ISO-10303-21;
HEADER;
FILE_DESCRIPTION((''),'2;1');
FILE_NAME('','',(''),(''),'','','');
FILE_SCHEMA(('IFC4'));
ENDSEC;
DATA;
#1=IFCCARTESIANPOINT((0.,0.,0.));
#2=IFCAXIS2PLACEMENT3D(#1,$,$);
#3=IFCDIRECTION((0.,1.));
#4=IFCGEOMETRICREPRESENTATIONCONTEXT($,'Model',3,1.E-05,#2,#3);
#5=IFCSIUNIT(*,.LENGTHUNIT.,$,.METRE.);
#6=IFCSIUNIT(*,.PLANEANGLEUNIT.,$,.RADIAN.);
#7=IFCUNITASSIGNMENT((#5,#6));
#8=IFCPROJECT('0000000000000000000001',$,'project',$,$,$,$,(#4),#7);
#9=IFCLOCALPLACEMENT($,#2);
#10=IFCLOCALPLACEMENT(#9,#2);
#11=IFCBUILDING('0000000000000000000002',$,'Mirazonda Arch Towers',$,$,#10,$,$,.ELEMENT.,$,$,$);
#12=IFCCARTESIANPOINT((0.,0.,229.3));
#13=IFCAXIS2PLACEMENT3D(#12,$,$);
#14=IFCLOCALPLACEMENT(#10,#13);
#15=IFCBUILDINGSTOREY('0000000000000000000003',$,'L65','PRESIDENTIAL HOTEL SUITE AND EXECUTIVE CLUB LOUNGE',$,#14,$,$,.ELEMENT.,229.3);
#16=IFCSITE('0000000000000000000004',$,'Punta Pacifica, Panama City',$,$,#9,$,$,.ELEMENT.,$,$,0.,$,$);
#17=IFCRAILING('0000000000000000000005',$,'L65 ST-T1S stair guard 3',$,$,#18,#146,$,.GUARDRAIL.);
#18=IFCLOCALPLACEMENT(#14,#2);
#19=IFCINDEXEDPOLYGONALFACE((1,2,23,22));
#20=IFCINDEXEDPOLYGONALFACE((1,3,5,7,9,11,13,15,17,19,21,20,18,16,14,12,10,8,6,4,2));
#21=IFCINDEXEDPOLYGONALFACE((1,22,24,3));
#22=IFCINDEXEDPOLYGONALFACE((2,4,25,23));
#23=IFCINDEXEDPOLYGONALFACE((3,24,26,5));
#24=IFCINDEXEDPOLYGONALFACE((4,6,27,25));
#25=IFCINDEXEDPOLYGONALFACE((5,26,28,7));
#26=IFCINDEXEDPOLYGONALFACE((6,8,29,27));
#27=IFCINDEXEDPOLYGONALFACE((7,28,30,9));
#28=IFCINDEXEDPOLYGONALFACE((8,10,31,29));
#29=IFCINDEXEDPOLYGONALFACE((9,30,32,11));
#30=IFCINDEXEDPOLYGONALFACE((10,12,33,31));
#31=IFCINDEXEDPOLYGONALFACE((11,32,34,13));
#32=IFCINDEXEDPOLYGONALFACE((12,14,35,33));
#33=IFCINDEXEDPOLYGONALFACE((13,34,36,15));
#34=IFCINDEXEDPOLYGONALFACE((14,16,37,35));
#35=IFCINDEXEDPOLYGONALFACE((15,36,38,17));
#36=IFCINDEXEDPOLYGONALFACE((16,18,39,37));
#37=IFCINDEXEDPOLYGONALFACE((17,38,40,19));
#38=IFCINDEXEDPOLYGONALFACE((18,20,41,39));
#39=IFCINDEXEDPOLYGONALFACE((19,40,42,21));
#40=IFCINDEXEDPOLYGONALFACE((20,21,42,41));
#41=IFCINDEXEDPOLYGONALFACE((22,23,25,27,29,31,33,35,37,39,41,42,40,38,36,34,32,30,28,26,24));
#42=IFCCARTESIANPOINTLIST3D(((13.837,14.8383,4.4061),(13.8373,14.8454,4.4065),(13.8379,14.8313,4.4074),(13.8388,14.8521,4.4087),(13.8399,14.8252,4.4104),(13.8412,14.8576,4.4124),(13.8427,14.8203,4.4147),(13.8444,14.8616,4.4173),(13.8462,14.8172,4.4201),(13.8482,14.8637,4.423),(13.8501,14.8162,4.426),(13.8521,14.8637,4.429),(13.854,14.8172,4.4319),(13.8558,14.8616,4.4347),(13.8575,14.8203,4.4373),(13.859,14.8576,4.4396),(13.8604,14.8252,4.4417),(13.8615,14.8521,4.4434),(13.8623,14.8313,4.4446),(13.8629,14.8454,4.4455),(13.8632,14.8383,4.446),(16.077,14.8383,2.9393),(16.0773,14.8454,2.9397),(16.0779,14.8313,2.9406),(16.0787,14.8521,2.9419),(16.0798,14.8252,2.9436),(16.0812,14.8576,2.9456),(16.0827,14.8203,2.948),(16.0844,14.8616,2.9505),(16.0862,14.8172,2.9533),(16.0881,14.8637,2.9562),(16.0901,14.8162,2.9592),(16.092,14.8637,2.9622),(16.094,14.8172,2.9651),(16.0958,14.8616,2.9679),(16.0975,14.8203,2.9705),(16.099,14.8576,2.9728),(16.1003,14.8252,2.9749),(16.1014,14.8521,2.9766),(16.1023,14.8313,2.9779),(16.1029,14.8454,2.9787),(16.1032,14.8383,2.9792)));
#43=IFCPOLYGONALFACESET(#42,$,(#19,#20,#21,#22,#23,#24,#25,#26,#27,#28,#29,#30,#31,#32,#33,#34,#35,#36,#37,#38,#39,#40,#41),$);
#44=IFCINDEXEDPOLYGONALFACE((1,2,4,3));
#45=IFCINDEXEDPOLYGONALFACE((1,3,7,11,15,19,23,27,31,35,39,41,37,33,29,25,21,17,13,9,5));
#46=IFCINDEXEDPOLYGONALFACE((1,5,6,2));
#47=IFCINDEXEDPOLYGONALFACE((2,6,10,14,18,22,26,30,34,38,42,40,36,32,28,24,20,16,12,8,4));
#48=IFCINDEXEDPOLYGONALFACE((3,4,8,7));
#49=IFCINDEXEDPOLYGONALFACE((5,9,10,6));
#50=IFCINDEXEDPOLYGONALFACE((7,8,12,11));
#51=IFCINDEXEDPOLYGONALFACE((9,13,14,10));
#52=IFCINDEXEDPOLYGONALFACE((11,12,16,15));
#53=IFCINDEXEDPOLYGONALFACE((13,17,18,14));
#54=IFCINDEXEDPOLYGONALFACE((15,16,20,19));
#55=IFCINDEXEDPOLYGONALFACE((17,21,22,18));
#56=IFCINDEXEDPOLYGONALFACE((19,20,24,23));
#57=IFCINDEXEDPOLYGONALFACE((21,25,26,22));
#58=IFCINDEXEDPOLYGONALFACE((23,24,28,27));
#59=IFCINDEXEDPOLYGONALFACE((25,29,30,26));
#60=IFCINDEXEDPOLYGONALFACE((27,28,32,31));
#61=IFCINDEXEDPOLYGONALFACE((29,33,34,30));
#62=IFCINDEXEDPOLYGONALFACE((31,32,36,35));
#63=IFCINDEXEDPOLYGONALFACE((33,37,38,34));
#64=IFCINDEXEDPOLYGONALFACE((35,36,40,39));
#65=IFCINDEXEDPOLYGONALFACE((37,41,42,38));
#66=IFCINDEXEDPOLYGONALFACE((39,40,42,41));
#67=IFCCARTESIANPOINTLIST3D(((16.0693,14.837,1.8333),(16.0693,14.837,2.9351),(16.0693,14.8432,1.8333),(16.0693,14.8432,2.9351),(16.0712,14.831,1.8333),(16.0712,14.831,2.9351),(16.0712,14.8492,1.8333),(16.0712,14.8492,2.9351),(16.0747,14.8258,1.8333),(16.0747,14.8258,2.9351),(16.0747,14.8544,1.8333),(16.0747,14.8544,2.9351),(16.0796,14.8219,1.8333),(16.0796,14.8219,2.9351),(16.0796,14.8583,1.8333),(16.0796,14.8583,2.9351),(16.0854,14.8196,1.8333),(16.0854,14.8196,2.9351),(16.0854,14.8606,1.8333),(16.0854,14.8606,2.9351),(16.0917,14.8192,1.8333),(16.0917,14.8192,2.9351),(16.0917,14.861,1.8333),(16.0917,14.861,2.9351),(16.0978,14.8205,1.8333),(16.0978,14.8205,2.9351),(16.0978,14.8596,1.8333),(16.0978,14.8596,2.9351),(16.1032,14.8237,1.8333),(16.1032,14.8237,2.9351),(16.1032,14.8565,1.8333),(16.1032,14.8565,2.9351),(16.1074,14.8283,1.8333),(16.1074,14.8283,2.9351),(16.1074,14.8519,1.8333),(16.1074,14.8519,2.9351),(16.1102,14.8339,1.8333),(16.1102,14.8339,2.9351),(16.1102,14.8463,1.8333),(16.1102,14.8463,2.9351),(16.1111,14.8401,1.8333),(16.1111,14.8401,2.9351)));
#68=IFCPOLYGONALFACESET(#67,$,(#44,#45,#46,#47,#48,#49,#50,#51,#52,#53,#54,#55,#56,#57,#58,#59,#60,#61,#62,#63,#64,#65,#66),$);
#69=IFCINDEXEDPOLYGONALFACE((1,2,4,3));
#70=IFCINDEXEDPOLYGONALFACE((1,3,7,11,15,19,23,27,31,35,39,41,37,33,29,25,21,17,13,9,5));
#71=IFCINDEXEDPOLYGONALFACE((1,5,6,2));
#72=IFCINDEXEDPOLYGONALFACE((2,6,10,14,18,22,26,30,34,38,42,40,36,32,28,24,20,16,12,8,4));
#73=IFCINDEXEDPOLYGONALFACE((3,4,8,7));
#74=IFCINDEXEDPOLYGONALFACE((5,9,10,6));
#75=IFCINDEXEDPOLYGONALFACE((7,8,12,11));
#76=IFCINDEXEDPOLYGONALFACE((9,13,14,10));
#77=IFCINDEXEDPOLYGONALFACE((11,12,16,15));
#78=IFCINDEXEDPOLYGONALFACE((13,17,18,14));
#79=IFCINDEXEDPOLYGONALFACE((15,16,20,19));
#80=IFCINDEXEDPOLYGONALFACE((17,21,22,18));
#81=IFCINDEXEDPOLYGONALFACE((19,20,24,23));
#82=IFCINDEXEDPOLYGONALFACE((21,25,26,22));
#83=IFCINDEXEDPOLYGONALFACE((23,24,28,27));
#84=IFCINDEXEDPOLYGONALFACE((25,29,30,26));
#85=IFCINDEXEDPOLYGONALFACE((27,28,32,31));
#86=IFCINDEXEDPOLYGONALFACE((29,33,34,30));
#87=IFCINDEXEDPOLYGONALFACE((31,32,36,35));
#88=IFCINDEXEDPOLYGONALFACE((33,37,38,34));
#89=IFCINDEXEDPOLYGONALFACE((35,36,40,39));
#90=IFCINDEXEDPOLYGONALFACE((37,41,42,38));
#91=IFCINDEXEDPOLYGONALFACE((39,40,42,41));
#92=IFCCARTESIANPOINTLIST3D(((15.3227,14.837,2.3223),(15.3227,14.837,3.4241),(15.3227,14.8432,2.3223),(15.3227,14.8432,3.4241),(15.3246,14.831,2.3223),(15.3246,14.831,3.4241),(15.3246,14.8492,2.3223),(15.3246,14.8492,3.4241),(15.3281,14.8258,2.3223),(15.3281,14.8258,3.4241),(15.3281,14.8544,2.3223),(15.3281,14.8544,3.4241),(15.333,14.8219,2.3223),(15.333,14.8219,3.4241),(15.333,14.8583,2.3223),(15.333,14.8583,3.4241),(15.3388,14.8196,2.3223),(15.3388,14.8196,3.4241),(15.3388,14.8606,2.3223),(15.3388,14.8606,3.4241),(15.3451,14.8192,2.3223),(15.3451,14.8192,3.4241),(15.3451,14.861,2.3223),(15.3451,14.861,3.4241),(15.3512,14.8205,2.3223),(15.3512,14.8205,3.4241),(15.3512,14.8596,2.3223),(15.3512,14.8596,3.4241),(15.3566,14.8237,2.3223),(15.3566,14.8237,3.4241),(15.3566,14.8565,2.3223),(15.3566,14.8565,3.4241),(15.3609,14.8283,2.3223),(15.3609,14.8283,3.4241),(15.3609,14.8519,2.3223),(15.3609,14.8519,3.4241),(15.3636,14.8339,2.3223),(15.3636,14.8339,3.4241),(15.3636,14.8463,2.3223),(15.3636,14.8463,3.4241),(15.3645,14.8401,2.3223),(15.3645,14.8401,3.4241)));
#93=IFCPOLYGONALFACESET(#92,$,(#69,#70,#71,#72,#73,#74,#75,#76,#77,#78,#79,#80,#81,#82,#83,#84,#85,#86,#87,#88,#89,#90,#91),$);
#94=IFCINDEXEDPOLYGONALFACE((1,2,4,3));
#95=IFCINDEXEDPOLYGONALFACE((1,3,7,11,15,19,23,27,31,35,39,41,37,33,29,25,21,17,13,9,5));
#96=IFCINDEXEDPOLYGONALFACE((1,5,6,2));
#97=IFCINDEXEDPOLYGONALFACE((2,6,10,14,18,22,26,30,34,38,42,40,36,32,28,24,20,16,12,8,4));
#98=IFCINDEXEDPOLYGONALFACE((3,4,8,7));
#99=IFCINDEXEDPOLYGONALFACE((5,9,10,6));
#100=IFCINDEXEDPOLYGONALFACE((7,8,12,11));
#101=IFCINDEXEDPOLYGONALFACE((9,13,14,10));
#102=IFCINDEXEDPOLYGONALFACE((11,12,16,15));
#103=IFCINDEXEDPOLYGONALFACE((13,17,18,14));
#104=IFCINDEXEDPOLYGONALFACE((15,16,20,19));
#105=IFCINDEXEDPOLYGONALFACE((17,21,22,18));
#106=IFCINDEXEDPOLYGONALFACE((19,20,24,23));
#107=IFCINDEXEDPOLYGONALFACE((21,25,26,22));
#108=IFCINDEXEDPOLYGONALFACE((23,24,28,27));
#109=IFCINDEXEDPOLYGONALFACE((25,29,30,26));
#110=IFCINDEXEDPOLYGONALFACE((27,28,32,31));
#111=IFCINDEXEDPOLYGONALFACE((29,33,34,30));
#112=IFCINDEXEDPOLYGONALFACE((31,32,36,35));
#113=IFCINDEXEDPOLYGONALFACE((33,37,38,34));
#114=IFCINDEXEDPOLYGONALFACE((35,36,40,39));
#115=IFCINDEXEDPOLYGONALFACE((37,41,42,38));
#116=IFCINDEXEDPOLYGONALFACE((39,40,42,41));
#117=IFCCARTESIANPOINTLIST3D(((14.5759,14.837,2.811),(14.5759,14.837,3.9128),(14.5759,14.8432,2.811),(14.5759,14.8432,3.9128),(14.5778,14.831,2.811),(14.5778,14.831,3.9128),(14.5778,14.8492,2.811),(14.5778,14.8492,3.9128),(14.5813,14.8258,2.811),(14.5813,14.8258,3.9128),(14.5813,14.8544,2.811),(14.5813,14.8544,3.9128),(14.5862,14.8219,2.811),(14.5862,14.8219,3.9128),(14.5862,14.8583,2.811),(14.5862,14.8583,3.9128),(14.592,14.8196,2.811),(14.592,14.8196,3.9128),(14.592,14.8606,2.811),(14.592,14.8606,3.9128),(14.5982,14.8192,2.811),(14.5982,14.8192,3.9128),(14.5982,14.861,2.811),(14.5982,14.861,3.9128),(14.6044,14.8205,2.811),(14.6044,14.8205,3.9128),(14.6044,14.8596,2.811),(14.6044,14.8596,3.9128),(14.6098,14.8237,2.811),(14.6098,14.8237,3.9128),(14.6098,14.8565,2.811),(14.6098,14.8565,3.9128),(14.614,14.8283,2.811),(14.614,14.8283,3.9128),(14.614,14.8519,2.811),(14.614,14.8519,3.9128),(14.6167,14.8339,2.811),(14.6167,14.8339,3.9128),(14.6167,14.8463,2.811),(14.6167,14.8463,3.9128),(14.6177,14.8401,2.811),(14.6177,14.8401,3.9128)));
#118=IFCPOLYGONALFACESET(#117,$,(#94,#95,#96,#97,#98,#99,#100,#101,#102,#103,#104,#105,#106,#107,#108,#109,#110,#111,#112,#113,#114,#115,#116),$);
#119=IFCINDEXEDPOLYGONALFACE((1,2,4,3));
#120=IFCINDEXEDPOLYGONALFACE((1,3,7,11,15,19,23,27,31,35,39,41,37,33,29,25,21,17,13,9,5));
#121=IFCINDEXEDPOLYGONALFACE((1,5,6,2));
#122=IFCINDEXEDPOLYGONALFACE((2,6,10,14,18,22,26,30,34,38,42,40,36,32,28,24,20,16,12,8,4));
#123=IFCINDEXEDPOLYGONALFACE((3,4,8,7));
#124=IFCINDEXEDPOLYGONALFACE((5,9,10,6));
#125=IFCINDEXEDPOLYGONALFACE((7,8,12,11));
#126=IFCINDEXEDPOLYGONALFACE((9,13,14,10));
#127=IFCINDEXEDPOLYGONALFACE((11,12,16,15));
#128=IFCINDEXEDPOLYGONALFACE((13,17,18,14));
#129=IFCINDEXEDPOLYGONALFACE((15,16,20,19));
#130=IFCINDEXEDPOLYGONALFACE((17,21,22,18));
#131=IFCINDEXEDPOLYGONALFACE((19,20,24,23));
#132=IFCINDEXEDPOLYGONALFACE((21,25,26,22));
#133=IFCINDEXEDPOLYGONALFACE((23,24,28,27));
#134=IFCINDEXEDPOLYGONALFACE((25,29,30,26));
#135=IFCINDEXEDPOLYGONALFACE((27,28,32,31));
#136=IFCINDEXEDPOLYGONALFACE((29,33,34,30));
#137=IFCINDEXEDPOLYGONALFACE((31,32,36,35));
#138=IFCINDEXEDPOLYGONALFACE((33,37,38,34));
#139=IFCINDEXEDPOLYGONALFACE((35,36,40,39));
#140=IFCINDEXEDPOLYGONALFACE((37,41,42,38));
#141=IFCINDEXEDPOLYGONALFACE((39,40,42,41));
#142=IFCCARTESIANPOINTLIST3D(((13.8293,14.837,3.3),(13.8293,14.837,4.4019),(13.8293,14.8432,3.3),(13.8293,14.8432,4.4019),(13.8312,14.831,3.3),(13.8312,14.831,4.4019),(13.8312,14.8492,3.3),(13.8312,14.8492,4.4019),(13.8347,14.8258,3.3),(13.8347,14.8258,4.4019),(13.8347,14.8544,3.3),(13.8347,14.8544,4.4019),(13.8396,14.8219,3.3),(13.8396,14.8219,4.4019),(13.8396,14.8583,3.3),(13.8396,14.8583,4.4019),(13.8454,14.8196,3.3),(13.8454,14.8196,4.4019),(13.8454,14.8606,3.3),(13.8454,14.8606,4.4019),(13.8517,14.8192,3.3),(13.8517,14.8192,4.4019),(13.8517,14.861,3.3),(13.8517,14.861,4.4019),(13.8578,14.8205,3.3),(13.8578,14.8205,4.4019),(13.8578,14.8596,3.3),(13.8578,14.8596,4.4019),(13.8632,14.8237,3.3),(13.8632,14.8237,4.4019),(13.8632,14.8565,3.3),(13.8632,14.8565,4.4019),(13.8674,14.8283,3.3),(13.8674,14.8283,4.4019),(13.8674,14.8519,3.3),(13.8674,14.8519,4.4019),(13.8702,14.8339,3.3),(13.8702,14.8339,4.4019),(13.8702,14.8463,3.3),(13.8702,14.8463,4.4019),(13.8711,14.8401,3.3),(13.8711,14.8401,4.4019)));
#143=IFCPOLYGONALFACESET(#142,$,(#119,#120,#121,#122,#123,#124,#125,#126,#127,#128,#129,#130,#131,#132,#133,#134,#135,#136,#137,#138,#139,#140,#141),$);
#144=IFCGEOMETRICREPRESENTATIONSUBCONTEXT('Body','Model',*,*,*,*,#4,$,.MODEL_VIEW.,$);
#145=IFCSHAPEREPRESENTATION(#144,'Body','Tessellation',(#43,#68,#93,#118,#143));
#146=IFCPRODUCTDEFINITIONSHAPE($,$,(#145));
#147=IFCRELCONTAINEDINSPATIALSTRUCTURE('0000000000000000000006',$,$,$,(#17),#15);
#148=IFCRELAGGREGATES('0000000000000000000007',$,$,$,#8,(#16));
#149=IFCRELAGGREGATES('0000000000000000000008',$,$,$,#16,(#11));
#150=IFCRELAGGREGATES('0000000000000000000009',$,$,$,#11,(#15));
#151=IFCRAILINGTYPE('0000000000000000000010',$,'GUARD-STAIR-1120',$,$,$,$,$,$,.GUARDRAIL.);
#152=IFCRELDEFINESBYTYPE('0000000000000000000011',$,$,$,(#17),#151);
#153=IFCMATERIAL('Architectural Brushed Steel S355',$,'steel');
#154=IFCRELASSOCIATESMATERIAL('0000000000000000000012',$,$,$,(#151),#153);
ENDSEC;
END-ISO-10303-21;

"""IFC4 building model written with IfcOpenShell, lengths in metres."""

from ifc_helpers import new_model, si_unit, direction, frame, origin, origin_2d, place, context, subcontext, project, spatial, circle, extrude, material, type_object, element, save


model = new_model("IFC4")

# Units and contexts
model_context = context("Model", 3, precision=1e-05, world=origin(), true_north=direction((0.0, 1.0)))
body_context = subcontext(model_context, "Body", "Model", "MODEL_VIEW")
ifc_project = project(units=[si_unit("LENGTHUNIT", "METRE"), si_unit("PLANEANGLEUNIT", "RADIAN")], contexts=[model_context])

# Site, building, storey
site_placement = place(None, origin())
site = spatial("IfcSite", under=ifc_project, at=site_placement, Name="Punta Pacifica, Panama City", CompositionType="ELEMENT", RefElevation=0.0)
building_placement = place(site_placement, origin())
building = spatial("IfcBuilding", under=site, at=building_placement, Name="Mirazonda Arch Towers", CompositionType="ELEMENT")
storey_placement = place(building_placement, frame((0.0, 0.0, 229.3)))
storey = spatial("IfcBuildingStorey", under=building, at=storey_placement, Name="L65", Description="PRESIDENTIAL HOTEL SUITE AND EXECUTIVE CLUB LOUNGE", CompositionType="ELEMENT", Elevation=229.3)

# Shared definitions
ifc_material_1 = material(Name="Architectural Brushed Steel S355", Category="steel")

# Railing
railing_type_1 = type_object("IfcRailingType", Name="GUARD-STAIR-1120", PredefinedType="GUARDRAIL", material=ifc_material_1)
railing_1_placement = place(storey_placement, frame((16.0901, 14.8401, 1.8333)))
element("IfcRailing", 1, at=railing_1_placement, inside=storey, type_object=railing_type_1, Name="L65 ST-T1S stair guard 3", PredefinedType="GUARDRAIL", context=body_context, shape_type="SweptSolid", body=[
    extrude(circle(Radius=0.0239, at=origin_2d()), frame((0.0, 0.0, 1.126), z_axis=(-0.836595, 0.0, 0.547822), x_axis=(0.0, -1.0, 0.0)), (0.0, 0.0, 1.0), 2.6775),
    extrude(circle(Radius=0.021, at=origin_2d()), origin(), (0.0, 0.0, 1.0), 1.1018),
    extrude(circle(Radius=0.021, at=origin_2d()), frame((-0.7466, 0.0, 0.489)), (0.0, 0.0, 1.0), 1.1018),
    extrude(circle(Radius=0.021, at=origin_2d()), frame((-1.4934, 0.0, 0.9778)), (0.0, 0.0, 1.0), 1.1018),
    extrude(circle(Radius=0.021, at=origin_2d()), frame((-2.24, 0.0, 1.4668)), (0.0, 0.0, 1.0), 1.1018),
])

save(model, "model.ifc")
